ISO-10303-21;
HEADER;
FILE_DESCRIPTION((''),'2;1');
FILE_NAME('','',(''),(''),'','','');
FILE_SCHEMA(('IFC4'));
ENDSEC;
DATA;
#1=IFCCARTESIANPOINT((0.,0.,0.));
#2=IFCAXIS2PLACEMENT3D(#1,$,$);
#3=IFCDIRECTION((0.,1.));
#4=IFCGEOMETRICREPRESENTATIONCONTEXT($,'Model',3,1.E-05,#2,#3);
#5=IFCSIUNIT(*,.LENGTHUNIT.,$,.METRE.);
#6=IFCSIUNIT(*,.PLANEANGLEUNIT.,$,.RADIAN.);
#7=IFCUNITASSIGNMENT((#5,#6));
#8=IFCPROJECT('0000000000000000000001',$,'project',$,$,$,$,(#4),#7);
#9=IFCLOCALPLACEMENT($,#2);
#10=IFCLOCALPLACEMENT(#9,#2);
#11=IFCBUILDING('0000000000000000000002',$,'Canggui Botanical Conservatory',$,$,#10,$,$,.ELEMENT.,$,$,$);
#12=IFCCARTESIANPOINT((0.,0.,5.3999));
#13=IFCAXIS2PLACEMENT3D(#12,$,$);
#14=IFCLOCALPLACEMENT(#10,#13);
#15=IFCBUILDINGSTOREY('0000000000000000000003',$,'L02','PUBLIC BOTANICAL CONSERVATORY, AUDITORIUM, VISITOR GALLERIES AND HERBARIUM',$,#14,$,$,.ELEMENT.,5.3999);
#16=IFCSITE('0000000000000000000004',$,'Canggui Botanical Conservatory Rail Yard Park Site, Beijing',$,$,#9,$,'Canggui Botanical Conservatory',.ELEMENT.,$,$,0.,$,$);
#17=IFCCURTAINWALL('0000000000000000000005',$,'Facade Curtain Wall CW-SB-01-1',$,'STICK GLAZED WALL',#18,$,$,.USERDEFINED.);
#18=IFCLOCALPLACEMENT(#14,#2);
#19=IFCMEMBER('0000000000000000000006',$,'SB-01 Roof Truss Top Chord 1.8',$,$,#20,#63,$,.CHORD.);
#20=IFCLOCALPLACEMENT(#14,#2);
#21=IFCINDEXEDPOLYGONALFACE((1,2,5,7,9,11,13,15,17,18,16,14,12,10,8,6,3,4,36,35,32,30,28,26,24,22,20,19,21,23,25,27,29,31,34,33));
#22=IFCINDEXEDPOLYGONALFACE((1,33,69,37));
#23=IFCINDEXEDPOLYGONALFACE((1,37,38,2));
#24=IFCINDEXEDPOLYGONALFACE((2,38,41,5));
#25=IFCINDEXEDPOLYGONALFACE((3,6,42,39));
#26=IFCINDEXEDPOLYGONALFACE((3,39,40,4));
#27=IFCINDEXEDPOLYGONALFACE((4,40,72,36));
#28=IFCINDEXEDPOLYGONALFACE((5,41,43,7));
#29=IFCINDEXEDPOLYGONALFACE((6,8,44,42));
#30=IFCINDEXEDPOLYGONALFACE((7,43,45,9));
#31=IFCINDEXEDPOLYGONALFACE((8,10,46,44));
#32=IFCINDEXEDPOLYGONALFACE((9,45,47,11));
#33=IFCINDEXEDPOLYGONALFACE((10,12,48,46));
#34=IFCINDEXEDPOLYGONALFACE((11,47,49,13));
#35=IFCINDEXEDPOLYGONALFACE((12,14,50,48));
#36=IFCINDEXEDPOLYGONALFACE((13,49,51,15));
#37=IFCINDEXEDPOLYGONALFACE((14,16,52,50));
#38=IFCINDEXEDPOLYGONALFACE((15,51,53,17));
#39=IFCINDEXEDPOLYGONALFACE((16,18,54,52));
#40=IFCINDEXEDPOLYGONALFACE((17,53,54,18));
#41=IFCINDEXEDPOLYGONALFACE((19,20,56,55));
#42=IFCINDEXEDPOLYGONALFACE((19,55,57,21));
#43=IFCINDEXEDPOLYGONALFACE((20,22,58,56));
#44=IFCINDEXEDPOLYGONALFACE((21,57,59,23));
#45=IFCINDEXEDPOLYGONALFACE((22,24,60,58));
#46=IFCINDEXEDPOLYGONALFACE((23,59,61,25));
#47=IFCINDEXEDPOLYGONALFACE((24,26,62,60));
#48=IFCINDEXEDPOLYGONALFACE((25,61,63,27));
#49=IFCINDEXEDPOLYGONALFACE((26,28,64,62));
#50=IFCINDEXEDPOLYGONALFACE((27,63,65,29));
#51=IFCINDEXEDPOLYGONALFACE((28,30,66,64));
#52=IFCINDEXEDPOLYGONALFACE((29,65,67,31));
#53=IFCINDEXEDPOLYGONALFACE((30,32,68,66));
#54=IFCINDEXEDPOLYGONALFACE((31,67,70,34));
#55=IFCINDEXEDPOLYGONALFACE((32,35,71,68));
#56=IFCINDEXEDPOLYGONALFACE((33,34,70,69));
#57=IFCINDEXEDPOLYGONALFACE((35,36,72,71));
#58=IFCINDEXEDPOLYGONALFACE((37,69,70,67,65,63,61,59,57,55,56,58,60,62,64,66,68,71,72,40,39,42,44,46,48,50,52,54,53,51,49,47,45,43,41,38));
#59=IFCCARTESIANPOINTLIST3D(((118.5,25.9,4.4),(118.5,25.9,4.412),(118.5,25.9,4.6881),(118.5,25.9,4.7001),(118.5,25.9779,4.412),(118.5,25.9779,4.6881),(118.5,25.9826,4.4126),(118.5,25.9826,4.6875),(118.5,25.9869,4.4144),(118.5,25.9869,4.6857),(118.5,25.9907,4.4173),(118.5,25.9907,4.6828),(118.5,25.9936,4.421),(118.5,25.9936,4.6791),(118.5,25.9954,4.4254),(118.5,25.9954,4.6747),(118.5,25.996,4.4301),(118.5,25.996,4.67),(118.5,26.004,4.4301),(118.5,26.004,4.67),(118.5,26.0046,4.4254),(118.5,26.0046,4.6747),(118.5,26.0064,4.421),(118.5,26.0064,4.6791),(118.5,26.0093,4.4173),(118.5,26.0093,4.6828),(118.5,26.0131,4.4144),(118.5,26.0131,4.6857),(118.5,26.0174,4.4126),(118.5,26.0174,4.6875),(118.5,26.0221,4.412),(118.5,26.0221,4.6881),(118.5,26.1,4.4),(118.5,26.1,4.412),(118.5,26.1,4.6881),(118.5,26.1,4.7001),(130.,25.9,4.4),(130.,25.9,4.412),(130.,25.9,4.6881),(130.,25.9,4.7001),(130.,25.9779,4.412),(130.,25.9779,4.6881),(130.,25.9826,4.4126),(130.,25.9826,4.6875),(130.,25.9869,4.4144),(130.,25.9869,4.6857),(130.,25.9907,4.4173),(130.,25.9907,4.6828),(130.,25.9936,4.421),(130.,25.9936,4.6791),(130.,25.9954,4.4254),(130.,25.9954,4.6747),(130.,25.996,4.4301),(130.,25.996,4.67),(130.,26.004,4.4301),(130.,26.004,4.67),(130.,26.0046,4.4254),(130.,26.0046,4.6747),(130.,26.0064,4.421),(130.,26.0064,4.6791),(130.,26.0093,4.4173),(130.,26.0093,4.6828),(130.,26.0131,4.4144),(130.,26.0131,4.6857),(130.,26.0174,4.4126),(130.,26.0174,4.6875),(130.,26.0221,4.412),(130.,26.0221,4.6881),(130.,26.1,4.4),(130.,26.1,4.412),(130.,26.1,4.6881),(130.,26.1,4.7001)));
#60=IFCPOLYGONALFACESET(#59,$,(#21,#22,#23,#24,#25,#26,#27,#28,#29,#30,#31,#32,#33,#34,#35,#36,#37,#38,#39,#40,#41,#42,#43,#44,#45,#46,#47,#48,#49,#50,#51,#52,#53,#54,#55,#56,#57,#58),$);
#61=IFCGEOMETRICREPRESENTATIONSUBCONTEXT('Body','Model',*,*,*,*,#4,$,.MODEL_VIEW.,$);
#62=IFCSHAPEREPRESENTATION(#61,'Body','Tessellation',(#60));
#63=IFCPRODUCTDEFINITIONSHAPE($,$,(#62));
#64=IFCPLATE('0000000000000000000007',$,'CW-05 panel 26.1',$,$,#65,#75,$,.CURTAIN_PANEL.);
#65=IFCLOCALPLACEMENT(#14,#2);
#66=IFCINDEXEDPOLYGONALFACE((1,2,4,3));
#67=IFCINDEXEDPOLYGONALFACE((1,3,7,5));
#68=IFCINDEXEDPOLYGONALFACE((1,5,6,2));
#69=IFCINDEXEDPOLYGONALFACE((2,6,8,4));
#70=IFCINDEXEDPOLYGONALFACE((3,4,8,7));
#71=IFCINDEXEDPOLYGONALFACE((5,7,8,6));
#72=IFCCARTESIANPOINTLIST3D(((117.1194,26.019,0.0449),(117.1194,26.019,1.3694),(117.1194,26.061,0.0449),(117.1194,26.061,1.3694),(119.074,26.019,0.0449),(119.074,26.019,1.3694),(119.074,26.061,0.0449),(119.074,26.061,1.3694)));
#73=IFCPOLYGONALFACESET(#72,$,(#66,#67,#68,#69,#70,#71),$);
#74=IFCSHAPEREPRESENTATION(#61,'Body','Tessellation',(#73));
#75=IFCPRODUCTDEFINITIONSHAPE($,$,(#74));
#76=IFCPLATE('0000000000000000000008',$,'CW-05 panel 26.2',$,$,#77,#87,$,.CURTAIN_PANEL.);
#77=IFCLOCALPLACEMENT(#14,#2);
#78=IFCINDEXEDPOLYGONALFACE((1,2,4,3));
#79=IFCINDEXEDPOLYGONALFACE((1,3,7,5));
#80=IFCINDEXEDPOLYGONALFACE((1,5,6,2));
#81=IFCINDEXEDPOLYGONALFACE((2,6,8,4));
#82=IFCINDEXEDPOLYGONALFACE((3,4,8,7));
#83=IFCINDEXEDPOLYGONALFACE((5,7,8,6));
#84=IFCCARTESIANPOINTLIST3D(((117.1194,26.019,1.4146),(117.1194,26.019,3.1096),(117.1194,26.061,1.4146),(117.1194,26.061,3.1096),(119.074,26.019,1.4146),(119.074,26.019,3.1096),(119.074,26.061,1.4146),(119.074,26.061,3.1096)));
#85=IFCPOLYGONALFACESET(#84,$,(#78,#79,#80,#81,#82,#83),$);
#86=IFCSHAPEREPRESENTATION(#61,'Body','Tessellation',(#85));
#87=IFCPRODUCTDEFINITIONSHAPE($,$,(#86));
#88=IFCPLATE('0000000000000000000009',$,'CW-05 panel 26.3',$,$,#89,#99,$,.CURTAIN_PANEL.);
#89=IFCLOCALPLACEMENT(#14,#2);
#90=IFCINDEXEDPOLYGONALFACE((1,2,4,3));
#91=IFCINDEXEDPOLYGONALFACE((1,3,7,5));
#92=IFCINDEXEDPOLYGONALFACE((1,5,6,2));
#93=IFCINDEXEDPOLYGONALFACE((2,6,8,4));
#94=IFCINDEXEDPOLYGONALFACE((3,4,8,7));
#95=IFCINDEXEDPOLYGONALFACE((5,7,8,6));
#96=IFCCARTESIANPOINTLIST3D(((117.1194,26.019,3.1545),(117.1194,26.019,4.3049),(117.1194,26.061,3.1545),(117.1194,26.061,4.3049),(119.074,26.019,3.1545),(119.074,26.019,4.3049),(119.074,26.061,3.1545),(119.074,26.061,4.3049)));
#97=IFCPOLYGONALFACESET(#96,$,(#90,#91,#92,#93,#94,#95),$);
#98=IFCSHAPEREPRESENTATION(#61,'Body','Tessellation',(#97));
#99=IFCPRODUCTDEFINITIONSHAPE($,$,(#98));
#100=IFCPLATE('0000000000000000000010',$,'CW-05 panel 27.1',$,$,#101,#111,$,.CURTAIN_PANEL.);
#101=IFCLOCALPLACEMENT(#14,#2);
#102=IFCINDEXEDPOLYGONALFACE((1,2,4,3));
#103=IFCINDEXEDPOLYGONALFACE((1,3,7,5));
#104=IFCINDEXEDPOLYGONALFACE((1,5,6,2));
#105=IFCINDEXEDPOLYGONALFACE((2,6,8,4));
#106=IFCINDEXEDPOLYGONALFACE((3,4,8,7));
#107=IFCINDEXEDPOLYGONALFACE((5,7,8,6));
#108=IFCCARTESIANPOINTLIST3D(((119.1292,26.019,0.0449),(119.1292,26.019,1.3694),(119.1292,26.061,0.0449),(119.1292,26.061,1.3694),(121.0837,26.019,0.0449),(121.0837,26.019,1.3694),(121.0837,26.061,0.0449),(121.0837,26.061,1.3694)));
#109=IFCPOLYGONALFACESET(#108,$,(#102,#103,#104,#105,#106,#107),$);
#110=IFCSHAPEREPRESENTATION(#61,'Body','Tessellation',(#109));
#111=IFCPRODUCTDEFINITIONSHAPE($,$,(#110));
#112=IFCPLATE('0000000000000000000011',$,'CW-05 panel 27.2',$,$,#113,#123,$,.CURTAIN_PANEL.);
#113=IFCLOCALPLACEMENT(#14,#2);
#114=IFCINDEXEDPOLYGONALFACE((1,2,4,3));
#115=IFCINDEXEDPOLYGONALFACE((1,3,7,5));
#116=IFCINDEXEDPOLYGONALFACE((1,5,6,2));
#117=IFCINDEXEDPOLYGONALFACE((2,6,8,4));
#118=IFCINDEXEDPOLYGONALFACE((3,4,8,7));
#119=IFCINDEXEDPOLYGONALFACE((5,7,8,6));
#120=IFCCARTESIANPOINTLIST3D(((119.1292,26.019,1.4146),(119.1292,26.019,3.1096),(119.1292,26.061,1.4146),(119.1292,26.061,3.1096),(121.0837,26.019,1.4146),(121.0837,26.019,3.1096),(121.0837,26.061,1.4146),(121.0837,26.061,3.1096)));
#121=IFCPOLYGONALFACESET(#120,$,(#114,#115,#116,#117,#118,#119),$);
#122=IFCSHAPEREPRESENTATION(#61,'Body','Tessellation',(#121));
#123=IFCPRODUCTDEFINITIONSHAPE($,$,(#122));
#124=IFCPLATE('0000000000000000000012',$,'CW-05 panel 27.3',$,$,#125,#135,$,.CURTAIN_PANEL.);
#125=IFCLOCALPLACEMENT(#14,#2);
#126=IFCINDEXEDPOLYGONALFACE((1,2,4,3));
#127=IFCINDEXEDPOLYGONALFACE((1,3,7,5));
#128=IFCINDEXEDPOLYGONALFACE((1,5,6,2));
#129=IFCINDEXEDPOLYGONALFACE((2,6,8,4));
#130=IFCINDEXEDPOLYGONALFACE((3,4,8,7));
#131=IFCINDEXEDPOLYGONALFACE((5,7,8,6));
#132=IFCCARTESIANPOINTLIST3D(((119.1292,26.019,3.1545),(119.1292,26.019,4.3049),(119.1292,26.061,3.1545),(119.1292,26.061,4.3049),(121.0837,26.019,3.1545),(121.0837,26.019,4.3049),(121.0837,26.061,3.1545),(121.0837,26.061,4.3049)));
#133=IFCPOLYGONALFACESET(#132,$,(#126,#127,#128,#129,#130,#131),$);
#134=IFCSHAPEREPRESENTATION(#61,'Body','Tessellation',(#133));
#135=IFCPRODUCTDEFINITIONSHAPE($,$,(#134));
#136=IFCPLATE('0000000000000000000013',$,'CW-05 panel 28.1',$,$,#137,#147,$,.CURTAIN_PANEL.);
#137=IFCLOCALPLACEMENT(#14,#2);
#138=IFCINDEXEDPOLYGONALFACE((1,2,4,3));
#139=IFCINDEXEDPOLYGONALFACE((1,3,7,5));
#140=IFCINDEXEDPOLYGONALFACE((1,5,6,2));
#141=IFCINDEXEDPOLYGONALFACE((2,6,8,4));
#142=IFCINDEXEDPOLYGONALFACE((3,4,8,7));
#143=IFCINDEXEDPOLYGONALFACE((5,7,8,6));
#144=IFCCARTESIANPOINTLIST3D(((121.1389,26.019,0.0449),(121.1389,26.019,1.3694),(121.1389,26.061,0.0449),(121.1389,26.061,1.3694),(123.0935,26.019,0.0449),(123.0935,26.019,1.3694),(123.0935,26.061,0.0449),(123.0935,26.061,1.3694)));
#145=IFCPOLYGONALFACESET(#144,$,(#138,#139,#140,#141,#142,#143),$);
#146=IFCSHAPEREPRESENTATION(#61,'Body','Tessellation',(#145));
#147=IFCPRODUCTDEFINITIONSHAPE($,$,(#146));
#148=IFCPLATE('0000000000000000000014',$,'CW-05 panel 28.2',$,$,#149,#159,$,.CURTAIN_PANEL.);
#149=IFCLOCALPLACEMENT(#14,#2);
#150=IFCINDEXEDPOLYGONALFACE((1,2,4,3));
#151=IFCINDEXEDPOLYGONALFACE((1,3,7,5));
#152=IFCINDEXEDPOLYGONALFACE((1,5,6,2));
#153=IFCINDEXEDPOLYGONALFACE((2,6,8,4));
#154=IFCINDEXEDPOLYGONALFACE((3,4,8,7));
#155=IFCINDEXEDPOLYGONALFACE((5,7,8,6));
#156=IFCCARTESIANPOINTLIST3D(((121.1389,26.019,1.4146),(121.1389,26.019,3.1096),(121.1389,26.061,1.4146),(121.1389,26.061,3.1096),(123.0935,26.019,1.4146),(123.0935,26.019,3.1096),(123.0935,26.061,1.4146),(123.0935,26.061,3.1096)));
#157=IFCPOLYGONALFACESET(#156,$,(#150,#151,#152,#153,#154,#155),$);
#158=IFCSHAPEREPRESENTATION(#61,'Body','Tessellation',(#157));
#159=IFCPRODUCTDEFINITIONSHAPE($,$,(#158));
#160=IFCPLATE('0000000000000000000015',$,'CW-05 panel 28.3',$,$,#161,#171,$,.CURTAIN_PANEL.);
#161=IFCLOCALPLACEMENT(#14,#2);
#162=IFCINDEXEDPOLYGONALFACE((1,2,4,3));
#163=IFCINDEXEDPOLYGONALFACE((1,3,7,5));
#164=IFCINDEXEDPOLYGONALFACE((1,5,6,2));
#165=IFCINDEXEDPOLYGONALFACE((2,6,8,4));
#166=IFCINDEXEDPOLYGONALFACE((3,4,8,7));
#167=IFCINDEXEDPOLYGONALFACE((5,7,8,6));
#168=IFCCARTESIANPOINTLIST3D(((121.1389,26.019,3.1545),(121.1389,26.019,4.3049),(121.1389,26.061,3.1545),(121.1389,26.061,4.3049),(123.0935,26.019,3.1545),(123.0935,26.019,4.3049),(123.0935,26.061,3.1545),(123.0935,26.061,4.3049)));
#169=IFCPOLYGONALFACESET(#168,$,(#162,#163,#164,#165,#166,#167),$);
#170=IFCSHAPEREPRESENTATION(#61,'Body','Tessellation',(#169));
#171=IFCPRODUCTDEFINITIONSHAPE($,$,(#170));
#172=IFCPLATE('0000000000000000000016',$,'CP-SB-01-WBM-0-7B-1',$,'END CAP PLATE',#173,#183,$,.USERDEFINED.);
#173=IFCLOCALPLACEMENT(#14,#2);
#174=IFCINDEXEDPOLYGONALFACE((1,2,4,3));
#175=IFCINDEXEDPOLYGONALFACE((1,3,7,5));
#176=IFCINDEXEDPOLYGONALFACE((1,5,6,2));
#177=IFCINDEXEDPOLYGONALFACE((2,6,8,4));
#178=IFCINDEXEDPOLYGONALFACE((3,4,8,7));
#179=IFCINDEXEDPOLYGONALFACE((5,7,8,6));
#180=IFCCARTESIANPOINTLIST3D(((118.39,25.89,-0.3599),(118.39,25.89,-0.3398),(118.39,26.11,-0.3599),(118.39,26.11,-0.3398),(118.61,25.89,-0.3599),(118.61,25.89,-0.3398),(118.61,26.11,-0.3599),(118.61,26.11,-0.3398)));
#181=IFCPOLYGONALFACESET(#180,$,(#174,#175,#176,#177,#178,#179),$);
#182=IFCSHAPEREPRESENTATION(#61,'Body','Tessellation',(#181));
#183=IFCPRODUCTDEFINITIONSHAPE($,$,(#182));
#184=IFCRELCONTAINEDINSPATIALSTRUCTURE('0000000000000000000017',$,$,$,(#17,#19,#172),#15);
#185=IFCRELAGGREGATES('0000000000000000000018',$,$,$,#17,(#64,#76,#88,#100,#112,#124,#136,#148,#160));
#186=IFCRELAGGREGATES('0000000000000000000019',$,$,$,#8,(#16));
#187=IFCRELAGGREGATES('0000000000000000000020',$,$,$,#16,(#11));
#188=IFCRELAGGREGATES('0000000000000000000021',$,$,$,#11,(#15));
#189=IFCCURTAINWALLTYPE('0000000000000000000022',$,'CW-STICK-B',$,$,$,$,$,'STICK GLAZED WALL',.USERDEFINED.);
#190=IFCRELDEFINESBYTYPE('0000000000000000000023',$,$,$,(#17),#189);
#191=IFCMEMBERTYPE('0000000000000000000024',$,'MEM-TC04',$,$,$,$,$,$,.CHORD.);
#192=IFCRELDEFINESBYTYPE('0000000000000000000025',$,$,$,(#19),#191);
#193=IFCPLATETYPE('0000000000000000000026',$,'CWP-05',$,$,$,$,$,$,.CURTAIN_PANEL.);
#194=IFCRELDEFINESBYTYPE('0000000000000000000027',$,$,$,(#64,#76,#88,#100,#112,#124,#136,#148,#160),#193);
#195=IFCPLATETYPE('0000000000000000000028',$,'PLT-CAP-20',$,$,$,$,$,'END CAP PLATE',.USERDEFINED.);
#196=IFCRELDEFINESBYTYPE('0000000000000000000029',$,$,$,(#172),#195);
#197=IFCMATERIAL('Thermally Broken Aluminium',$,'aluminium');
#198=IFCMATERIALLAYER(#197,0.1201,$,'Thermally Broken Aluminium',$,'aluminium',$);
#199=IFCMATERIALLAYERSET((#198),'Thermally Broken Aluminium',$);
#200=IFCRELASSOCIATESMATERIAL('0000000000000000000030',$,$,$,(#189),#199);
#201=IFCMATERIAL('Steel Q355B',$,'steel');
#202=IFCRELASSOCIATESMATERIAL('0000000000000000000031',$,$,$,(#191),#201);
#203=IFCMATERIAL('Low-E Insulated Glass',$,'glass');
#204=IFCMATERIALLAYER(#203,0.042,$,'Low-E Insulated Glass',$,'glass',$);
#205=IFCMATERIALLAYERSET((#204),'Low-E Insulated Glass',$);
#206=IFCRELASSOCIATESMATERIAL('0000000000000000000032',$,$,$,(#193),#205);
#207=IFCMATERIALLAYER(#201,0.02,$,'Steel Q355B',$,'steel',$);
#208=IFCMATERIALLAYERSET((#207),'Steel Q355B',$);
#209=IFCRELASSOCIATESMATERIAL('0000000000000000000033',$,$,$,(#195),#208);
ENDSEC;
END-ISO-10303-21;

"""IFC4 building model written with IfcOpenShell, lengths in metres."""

from ifc_helpers import new_model, si_unit, direction, frame, origin, origin_2d, place, context, subcontext, project, spatial, rectangle, i_section, extrude, material, layer, layer_set, material_profile, profile_set, type_object, element, aggregate, save


model = new_model("IFC4")

# Units and contexts
model_context = context("Model", 3, precision=1e-05, world=origin(), true_north=direction((0.0, 1.0)))
body_context = subcontext(model_context, "Body", "Model", "MODEL_VIEW")
ifc_project = project(units=[si_unit("LENGTHUNIT", "METRE"), si_unit("PLANEANGLEUNIT", "RADIAN")], contexts=[model_context])

# Site, building, storey
site_placement = place(None, origin())
site = spatial("IfcSite", under=ifc_project, at=site_placement, Name="Canggui Botanical Conservatory Rail Yard Park Site, Beijing", LongName="Canggui Botanical Conservatory", CompositionType="ELEMENT", RefElevation=0.0)
building_placement = place(site_placement, origin())
building = spatial("IfcBuilding", under=site, at=building_placement, Name="Canggui Botanical Conservatory", CompositionType="ELEMENT")
storey_placement = place(building_placement, frame((0.0, 0.0, 5.3999)))
storey = spatial("IfcBuildingStorey", under=building, at=storey_placement, Name="L02", Description="PUBLIC BOTANICAL CONSERVATORY, AUDITORIUM, VISITOR GALLERIES AND HERBARIUM", CompositionType="ELEMENT", Elevation=5.3999)

# Shared definitions
ifc_material_1 = material(Name="Steel Q355B", Category="steel")

# Curtain wall
ifc_material_2 = material(Name="Thermally Broken Aluminium", Category="aluminium")
ifc_layer_1 = layer(ifc_material_2, 0.1201, Name="Thermally Broken Aluminium", Category="aluminium")
ifc_layer_set_1 = layer_set([ifc_layer_1], Name="Thermally Broken Aluminium")
curtain_wall_type = type_object("IfcCurtainWallType", Name="CW-STICK-B", ElementType="STICK GLAZED WALL", PredefinedType="USERDEFINED", material=ifc_layer_set_1)
curtain_wall_placement = place(storey_placement, origin())
curtain_wall = element("IfcCurtainWall", 1, at=curtain_wall_placement, inside=storey, type_object=curtain_wall_type, Name="Facade Curtain Wall CW-SB-01-1", ObjectType="STICK GLAZED WALL", PredefinedType="USERDEFINED")

# Member
ifc_material_profile_1 = material_profile(ifc_material_1, i_section(OverallWidth=0.2, OverallDepth=0.3, WebThickness=0.0081, FlangeThickness=0.012, FilletRadius=0.0181, at=origin_2d()), Name="HM 300x200x8x12")
ifc_profile_set_1 = profile_set([ifc_material_profile_1], Name="Steel Q355B")
member_type_1 = type_object("IfcMemberType", Name="MEM-TC04", PredefinedType="CHORD", material=ifc_profile_set_1)
member_1_placement = place(storey_placement, frame((118.5, 26.0, 4.55), z_axis=(1.0, 0.0, 0.0), x_axis=(0.0, 1.0, 0.0)))
element("IfcMember", 2, at=member_1_placement, inside=storey, type_object=member_type_1, Name="SB-01 Roof Truss Top Chord 1.8", PredefinedType="CHORD", context=body_context, shape_type="SweptSolid", body=[
    extrude(i_section(OverallWidth=0.2, OverallDepth=0.3, WebThickness=0.0081, FlangeThickness=0.012, FilletRadius=0.0181, at=origin_2d()), origin(), (0.0, 0.0, 1.0), 11.5),
])

# Plates
ifc_material_3 = material(Name="Low-E Insulated Glass", Category="glass")
ifc_layer_2 = layer(ifc_material_3, 0.042, Name="Low-E Insulated Glass", Category="glass")
ifc_layer_set_2 = layer_set([ifc_layer_2], Name="Low-E Insulated Glass")
plate_type_1 = type_object("IfcPlateType", Name="CWP-05", PredefinedType="CURTAIN_PANEL", material=ifc_layer_set_2)
plate_1_placement = place(storey_placement, frame((118.0967, 26.04, 0.0449), z_axis=(0.0, 0.0, 1.0), x_axis=(1.0, 0.0, 0.0)))
plate_1 = element("IfcPlate", 3, at=plate_1_placement, type_object=plate_type_1, Name="CW-05 panel 26.1", PredefinedType="CURTAIN_PANEL", context=body_context, shape_type="SweptSolid", body=[
    extrude(rectangle(XDim=1.9546, YDim=0.042, at=origin_2d()), origin(), (0.0, 0.0, 1.0), 1.3245),
])
plate_2_placement = place(storey_placement, frame((118.0967, 26.04, 1.4146), z_axis=(0.0, 0.0, 1.0), x_axis=(1.0, 0.0, 0.0)))
plate_2 = element("IfcPlate", 4, at=plate_2_placement, type_object=plate_type_1, Name="CW-05 panel 26.2", PredefinedType="CURTAIN_PANEL", context=body_context, shape_type="SweptSolid", body=[
    extrude(rectangle(XDim=1.9546, YDim=0.042, at=origin_2d()), origin(), (0.0, 0.0, 1.0), 1.6951),
])
plate_3_placement = place(storey_placement, frame((118.0967, 26.04, 3.1545), z_axis=(0.0, 0.0, 1.0), x_axis=(1.0, 0.0, 0.0)))
plate_3 = element("IfcPlate", 5, at=plate_3_placement, type_object=plate_type_1, Name="CW-05 panel 26.3", PredefinedType="CURTAIN_PANEL", context=body_context, shape_type="SweptSolid", body=[
    extrude(rectangle(XDim=1.9546, YDim=0.042, at=origin_2d()), origin(), (0.0, 0.0, 1.0), 1.1504),
])
plate_4_placement = place(storey_placement, frame((120.1064, 26.04, 0.0449), z_axis=(0.0, 0.0, 1.0), x_axis=(1.0, 0.0, 0.0)))
plate_4 = element("IfcPlate", 6, at=plate_4_placement, type_object=plate_type_1, Name="CW-05 panel 27.1", PredefinedType="CURTAIN_PANEL", context=body_context, shape_type="SweptSolid", body=[
    extrude(rectangle(XDim=1.9546, YDim=0.042, at=origin_2d()), origin(), (0.0, 0.0, 1.0), 1.3245),
])
plate_5_placement = place(storey_placement, frame((120.1064, 26.04, 1.4146), z_axis=(0.0, 0.0, 1.0), x_axis=(1.0, 0.0, 0.0)))
plate_5 = element("IfcPlate", 7, at=plate_5_placement, type_object=plate_type_1, Name="CW-05 panel 27.2", PredefinedType="CURTAIN_PANEL", context=body_context, shape_type="SweptSolid", body=[
    extrude(rectangle(XDim=1.9546, YDim=0.042, at=origin_2d()), origin(), (0.0, 0.0, 1.0), 1.6951),
])
plate_6_placement = place(storey_placement, frame((120.1064, 26.04, 3.1545), z_axis=(0.0, 0.0, 1.0), x_axis=(1.0, 0.0, 0.0)))
plate_6 = element("IfcPlate", 8, at=plate_6_placement, type_object=plate_type_1, Name="CW-05 panel 27.3", PredefinedType="CURTAIN_PANEL", context=body_context, shape_type="SweptSolid", body=[
    extrude(rectangle(XDim=1.9546, YDim=0.042, at=origin_2d()), origin(), (0.0, 0.0, 1.0), 1.1504),
])
plate_7_placement = place(storey_placement, frame((122.1162, 26.04, 0.0449), z_axis=(0.0, 0.0, 1.0), x_axis=(1.0, 0.0, 0.0)))
plate_7 = element("IfcPlate", 9, at=plate_7_placement, type_object=plate_type_1, Name="CW-05 panel 28.1", PredefinedType="CURTAIN_PANEL", context=body_context, shape_type="SweptSolid", body=[
    extrude(rectangle(XDim=1.9546, YDim=0.042, at=origin_2d()), origin(), (0.0, 0.0, 1.0), 1.3245),
])
plate_8_placement = place(storey_placement, frame((122.1162, 26.04, 1.4146), z_axis=(0.0, 0.0, 1.0), x_axis=(1.0, 0.0, 0.0)))
plate_8 = element("IfcPlate", 10, at=plate_8_placement, type_object=plate_type_1, Name="CW-05 panel 28.2", PredefinedType="CURTAIN_PANEL", context=body_context, shape_type="SweptSolid", body=[
    extrude(rectangle(XDim=1.9546, YDim=0.042, at=origin_2d()), origin(), (0.0, 0.0, 1.0), 1.6951),
])
plate_9_placement = place(storey_placement, frame((122.1162, 26.04, 3.1545), z_axis=(0.0, 0.0, 1.0), x_axis=(1.0, 0.0, 0.0)))
plate_9 = element("IfcPlate", 11, at=plate_9_placement, type_object=plate_type_1, Name="CW-05 panel 28.3", PredefinedType="CURTAIN_PANEL", context=body_context, shape_type="SweptSolid", body=[
    extrude(rectangle(XDim=1.9546, YDim=0.042, at=origin_2d()), origin(), (0.0, 0.0, 1.0), 1.1504),
])
aggregate(curtain_wall, [plate_1, plate_2, plate_3, plate_4, plate_5, plate_6, plate_7, plate_8, plate_9])
ifc_layer_3 = layer(ifc_material_1, 0.02, Name="Steel Q355B", Category="steel")
ifc_layer_set_3 = layer_set([ifc_layer_3], Name="Steel Q355B")
plate_type_2 = type_object("IfcPlateType", Name="PLT-CAP-20", ElementType="END CAP PLATE", PredefinedType="USERDEFINED", material=ifc_layer_set_3)
plate_10_placement = place(storey_placement, frame((118.5, 26.0, -0.3599), z_axis=(0.0, 0.0, 1.0), x_axis=(1.0, 0.0, 0.0)))
element("IfcPlate", 12, at=plate_10_placement, inside=storey, type_object=plate_type_2, Name="CP-SB-01-WBM-0-7B-1", ObjectType="END CAP PLATE", PredefinedType="USERDEFINED", context=body_context, shape_type="SweptSolid", body=[
    extrude(rectangle(XDim=0.22, YDim=0.22, at=origin_2d()), origin(), (0.0, 0.0, 1.0), 0.02),
])

save(model, "model.ifc")
